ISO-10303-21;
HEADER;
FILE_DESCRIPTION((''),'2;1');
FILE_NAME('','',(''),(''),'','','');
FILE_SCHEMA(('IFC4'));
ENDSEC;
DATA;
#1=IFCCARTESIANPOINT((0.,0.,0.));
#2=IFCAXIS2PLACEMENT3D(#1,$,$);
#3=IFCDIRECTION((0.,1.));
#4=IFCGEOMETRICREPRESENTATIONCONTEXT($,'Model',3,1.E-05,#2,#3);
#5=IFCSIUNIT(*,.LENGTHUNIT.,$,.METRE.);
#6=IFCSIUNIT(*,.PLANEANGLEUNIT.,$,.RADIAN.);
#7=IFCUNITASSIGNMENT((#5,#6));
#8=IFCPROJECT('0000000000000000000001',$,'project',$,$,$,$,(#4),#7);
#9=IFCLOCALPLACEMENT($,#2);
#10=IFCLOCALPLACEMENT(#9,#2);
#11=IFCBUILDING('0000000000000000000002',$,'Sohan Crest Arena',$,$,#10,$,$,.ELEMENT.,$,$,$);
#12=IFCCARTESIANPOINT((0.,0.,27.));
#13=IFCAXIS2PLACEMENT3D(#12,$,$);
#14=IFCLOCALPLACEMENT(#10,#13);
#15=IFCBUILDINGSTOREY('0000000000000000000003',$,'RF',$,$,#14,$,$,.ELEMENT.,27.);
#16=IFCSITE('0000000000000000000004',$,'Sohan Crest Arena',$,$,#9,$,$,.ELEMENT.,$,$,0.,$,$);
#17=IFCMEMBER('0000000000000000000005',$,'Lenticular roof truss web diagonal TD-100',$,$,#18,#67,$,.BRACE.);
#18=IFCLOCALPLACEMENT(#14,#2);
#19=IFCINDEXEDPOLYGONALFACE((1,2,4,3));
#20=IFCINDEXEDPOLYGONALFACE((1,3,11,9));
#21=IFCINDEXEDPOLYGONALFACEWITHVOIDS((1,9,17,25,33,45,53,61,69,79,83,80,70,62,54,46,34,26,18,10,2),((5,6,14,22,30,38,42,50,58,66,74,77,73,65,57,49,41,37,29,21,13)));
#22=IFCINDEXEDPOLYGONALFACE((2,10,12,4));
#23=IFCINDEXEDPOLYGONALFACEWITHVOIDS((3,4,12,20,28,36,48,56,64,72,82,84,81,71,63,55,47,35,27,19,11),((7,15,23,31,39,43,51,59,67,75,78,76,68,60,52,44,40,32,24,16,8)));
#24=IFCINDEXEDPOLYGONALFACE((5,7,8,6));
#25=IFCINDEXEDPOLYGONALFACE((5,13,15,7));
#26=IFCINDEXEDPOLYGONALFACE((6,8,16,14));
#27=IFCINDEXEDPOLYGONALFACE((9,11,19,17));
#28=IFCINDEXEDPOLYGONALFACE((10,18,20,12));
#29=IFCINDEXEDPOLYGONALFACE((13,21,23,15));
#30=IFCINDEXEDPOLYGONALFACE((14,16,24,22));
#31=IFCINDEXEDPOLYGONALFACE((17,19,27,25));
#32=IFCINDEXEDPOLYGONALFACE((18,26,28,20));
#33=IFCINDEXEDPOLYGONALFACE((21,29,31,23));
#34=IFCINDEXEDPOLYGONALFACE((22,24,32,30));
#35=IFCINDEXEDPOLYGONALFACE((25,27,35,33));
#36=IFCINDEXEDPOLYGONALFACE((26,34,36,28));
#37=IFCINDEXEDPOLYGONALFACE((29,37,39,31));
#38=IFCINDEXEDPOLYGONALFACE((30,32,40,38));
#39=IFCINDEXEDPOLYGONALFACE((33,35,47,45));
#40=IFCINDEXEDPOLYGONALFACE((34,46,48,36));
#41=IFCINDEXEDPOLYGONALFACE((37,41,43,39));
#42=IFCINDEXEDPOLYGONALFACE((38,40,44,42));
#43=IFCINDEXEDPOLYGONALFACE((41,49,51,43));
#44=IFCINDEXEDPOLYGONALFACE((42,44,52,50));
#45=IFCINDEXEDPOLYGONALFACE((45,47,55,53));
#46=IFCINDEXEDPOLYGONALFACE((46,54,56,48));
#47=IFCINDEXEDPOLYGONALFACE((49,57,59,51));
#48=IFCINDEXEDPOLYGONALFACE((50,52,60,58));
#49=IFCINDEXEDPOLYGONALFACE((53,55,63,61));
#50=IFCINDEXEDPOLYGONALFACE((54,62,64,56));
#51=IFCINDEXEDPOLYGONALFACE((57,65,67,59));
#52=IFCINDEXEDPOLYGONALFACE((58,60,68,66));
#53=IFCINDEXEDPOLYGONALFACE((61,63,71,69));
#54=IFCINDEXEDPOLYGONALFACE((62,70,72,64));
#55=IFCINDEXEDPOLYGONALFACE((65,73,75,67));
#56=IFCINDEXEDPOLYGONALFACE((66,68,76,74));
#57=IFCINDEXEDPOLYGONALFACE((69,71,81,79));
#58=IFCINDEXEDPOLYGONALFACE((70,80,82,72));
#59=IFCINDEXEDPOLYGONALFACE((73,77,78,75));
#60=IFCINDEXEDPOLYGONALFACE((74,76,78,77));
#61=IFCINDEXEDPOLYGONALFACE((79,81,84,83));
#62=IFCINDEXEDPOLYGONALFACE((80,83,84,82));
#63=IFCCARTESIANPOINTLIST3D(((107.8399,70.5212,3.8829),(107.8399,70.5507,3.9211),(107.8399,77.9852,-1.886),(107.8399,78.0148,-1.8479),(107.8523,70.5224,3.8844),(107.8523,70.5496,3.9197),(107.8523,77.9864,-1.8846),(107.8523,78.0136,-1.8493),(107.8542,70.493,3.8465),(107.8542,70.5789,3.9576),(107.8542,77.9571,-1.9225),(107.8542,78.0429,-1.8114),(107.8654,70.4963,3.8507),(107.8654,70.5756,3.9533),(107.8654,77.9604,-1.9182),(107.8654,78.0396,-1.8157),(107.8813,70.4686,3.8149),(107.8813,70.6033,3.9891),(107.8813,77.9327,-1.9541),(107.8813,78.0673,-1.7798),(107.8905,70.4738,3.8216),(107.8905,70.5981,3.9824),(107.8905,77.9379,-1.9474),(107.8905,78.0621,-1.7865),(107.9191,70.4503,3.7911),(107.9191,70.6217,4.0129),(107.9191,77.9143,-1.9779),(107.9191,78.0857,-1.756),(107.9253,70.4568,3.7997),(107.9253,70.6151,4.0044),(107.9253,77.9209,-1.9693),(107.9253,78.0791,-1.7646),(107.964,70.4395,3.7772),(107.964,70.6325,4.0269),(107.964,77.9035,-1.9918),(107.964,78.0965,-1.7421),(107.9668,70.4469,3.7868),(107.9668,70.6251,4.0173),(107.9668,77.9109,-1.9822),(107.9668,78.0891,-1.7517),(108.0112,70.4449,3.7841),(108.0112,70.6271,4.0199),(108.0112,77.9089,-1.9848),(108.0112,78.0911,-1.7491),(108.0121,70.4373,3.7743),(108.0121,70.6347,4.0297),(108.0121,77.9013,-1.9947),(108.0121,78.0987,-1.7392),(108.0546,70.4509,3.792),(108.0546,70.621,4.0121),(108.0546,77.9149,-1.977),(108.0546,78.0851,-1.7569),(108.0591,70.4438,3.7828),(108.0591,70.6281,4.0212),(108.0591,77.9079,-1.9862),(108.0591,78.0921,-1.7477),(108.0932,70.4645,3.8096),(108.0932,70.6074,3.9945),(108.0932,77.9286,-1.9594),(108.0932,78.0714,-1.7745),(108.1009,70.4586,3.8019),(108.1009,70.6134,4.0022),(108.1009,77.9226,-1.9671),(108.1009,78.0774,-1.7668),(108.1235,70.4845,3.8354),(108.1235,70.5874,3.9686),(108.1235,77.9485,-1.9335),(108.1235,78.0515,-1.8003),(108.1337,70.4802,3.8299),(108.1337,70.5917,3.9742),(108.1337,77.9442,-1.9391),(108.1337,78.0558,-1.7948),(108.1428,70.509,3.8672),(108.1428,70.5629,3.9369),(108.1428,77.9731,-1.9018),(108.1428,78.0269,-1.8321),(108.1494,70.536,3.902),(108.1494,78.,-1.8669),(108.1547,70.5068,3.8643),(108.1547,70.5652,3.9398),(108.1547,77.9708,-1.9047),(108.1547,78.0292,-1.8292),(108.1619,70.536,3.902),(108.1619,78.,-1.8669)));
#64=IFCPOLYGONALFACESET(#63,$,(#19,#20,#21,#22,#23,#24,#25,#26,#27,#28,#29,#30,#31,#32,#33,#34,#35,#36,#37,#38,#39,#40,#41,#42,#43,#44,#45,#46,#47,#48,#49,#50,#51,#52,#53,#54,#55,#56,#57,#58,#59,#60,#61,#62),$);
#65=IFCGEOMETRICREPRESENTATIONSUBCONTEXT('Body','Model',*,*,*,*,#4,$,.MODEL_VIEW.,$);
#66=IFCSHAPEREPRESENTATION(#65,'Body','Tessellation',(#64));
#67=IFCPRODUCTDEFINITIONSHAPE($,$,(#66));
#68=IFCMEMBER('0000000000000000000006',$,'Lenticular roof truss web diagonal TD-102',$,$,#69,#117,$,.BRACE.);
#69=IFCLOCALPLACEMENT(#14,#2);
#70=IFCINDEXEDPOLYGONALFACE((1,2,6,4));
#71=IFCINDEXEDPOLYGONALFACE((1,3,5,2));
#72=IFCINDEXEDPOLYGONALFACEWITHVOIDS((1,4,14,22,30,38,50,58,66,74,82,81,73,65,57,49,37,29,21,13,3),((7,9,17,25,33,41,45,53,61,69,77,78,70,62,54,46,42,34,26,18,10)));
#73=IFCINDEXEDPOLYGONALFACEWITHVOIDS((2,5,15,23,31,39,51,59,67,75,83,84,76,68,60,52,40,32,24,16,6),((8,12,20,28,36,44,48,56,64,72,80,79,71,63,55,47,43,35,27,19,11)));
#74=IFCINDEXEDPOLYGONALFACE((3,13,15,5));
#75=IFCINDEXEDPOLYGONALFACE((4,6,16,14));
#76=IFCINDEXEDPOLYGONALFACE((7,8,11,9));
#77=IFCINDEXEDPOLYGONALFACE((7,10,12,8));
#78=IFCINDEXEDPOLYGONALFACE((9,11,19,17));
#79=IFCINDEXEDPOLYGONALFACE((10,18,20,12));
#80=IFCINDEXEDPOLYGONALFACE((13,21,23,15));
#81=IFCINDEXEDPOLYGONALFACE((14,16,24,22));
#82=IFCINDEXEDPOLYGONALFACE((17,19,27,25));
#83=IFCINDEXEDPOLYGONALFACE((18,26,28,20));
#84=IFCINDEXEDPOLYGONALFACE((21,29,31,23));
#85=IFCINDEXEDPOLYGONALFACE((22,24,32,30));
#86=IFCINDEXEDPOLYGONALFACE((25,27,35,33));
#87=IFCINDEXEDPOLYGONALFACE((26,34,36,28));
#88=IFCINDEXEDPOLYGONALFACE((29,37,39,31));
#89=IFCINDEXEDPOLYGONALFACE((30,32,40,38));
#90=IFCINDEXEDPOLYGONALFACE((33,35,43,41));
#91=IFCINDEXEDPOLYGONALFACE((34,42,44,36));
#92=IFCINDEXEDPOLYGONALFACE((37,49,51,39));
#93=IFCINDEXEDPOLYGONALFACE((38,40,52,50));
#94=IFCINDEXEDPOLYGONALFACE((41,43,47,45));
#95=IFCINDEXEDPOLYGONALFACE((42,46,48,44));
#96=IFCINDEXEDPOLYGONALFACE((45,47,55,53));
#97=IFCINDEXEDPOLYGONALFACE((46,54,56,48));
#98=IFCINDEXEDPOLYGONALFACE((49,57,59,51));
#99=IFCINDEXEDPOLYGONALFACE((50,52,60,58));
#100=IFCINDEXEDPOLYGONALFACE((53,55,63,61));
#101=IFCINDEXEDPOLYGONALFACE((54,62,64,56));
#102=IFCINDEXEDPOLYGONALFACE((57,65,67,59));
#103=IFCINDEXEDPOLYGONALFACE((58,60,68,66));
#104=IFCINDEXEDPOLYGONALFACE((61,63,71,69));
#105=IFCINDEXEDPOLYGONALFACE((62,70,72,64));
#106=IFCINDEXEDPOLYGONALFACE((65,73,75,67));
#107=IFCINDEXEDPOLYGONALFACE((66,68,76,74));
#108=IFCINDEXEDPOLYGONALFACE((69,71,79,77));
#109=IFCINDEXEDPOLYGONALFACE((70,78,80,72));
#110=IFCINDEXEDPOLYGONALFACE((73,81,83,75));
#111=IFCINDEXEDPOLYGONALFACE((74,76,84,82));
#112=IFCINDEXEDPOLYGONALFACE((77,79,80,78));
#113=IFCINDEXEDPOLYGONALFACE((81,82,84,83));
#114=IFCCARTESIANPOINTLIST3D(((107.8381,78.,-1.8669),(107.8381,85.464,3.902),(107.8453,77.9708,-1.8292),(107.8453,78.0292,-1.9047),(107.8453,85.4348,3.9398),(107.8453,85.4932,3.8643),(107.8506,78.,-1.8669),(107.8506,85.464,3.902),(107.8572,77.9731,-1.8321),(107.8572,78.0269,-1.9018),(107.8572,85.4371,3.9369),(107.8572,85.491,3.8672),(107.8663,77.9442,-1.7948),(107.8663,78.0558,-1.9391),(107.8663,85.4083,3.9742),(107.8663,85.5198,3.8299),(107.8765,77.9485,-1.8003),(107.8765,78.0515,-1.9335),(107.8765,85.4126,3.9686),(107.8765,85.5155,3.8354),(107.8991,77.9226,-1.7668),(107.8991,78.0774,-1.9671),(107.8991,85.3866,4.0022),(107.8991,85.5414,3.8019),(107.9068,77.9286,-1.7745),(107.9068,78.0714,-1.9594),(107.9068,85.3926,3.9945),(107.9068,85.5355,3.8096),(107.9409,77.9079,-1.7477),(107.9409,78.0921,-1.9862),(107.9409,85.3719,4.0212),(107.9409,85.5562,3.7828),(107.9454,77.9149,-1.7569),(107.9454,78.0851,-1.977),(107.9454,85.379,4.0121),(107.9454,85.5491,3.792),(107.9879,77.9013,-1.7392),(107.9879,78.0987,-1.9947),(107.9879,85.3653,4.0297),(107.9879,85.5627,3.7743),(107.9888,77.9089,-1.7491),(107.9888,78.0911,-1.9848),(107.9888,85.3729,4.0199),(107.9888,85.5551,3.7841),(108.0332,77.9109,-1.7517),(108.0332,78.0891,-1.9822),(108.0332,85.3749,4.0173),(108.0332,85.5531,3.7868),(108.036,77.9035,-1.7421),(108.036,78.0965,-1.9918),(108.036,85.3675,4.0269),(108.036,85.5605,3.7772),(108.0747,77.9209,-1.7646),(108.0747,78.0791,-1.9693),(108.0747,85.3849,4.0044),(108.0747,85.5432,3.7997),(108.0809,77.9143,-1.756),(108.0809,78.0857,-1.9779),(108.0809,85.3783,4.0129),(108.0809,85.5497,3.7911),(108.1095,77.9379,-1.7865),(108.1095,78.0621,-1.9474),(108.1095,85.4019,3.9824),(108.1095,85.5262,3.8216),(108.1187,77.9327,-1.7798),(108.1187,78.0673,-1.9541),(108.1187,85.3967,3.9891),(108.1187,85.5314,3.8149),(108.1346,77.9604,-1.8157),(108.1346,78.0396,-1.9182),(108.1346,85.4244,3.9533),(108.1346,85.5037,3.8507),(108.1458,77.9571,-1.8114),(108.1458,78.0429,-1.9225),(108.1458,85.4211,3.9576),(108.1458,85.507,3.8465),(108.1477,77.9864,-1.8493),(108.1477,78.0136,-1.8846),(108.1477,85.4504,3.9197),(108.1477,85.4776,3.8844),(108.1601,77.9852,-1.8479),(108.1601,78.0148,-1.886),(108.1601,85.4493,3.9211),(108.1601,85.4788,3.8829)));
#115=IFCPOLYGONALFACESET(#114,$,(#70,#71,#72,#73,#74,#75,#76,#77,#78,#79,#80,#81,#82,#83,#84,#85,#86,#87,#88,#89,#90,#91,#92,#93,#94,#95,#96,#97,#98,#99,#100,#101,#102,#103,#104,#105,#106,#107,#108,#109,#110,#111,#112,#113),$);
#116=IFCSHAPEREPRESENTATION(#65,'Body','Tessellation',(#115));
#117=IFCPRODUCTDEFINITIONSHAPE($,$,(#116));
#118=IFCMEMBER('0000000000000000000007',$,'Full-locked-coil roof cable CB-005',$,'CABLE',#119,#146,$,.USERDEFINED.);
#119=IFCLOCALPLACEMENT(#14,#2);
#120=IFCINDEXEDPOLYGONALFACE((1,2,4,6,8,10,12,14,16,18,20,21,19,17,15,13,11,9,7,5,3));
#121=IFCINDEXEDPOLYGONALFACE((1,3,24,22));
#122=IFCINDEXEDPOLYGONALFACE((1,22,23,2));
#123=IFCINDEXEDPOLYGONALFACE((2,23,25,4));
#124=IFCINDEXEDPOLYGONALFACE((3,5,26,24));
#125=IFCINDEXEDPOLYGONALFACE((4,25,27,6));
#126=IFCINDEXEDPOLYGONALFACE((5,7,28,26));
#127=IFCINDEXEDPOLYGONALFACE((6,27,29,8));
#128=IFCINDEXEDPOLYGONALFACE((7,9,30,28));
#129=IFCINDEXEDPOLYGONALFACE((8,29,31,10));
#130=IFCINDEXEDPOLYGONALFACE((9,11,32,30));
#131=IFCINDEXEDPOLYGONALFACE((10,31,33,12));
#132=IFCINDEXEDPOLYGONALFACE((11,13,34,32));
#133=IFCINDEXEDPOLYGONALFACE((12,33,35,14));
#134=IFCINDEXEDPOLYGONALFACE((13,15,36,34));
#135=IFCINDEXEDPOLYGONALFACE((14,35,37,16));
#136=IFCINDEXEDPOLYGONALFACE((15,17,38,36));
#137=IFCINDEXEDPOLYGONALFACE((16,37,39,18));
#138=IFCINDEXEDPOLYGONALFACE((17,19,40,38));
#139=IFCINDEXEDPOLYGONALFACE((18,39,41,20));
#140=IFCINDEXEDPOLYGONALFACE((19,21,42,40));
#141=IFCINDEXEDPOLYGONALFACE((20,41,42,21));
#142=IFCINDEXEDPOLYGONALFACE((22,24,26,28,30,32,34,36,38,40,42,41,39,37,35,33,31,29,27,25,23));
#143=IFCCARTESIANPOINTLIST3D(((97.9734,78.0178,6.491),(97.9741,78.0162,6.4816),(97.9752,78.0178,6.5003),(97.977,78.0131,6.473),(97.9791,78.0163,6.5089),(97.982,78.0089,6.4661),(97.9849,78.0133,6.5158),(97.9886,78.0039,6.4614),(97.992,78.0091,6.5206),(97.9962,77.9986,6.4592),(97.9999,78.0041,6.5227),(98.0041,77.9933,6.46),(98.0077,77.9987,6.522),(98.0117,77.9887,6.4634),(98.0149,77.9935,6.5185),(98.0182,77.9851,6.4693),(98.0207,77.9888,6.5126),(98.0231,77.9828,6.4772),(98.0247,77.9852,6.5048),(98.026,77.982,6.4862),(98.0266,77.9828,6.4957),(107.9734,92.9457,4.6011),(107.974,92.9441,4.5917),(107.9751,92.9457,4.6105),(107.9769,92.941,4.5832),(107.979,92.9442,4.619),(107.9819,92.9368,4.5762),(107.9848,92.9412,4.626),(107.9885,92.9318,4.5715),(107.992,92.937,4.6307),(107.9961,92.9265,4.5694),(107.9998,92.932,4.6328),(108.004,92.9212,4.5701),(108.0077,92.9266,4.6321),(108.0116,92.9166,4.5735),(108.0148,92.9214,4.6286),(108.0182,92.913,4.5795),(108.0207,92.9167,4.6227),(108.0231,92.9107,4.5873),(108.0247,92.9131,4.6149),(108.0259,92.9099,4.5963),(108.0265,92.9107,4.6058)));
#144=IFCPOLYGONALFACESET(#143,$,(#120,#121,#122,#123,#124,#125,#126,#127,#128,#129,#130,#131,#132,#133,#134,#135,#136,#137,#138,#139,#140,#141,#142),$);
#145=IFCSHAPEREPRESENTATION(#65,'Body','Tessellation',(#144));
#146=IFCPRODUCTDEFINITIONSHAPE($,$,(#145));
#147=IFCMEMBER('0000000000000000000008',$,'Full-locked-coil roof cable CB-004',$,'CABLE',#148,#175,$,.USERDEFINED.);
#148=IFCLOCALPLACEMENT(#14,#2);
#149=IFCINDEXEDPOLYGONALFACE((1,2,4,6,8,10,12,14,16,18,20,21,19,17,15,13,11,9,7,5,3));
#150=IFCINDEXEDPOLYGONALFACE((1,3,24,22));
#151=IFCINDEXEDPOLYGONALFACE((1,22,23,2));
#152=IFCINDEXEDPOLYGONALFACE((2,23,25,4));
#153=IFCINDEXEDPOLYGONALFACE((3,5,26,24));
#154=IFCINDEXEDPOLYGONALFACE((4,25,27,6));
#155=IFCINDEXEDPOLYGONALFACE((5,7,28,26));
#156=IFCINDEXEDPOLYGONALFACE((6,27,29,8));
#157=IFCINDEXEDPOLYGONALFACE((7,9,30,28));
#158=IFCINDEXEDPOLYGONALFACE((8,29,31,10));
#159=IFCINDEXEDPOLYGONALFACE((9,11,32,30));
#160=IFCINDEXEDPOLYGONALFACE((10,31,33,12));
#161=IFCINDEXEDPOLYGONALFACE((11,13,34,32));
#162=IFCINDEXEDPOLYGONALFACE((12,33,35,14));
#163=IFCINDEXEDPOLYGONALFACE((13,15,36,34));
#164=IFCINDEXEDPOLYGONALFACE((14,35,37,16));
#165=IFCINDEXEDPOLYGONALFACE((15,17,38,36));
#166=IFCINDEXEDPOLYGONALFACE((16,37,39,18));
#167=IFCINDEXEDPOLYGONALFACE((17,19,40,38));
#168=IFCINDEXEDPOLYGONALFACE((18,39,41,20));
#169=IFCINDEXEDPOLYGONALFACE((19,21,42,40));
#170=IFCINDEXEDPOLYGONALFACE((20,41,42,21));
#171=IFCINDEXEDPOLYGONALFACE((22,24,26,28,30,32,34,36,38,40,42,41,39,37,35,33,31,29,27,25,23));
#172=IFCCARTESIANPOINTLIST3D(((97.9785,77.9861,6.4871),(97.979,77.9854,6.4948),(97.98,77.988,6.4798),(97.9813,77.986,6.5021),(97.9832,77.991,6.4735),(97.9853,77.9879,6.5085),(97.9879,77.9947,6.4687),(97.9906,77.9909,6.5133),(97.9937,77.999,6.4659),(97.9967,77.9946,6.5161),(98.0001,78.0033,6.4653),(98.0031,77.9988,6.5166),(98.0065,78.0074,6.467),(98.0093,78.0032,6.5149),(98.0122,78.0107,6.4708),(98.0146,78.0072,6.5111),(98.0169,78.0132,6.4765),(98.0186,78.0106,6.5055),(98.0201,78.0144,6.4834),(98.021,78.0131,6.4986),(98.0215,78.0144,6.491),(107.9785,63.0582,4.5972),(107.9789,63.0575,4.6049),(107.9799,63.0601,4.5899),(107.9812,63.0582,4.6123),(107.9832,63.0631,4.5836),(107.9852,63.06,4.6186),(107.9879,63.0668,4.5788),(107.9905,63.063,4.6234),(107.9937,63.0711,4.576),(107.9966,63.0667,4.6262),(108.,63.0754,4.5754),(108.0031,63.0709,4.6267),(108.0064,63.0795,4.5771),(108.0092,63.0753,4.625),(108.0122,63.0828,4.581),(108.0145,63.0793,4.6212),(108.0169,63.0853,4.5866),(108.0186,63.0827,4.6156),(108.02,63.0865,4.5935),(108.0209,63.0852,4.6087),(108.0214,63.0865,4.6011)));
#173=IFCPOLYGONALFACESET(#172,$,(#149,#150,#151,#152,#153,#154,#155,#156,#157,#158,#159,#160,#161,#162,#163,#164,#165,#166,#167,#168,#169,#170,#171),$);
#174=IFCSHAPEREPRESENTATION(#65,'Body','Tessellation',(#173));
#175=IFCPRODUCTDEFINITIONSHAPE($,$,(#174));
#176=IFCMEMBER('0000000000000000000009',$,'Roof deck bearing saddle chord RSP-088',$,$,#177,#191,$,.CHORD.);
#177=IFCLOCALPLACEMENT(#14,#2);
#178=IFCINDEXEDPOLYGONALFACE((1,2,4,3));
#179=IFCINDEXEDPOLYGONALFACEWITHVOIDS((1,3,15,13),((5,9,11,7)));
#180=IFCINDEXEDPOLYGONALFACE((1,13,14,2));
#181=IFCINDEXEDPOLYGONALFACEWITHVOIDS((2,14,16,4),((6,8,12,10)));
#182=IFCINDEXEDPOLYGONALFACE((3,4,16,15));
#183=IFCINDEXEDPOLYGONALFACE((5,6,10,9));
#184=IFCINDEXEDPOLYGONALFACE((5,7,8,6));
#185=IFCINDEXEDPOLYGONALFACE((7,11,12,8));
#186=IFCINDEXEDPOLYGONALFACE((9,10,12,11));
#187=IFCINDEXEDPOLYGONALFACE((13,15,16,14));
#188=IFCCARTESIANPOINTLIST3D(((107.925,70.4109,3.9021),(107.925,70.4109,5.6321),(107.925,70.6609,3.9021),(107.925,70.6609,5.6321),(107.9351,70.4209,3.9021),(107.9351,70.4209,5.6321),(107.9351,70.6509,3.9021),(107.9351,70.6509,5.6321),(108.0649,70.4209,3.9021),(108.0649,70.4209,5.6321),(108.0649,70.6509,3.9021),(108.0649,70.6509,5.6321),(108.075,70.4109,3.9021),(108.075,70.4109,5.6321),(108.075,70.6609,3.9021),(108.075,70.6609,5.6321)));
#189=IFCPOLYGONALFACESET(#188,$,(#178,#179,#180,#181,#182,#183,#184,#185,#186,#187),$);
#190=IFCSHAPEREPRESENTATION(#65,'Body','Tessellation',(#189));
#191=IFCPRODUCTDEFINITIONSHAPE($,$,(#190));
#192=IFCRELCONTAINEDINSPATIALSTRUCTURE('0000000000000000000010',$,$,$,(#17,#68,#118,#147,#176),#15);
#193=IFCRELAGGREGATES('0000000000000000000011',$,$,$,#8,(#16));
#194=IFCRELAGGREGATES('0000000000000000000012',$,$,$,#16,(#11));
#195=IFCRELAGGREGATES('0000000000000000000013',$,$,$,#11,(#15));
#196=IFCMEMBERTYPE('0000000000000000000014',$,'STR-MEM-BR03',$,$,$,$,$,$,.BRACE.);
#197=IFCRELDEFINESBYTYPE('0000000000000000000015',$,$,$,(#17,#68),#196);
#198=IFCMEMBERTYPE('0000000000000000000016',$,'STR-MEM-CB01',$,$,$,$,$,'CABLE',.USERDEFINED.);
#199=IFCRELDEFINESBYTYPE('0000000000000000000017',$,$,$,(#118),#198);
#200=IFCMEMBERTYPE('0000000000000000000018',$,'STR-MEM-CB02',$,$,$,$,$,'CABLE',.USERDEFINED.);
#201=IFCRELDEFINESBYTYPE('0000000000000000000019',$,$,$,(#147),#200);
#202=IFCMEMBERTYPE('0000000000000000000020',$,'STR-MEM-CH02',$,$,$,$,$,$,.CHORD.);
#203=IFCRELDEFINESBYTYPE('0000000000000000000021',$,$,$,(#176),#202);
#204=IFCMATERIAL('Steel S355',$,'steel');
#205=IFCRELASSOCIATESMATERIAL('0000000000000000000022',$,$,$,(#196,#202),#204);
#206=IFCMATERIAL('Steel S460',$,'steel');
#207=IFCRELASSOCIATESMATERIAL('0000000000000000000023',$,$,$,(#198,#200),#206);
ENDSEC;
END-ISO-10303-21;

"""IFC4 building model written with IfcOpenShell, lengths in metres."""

from ifc_helpers import new_model, si_unit, direction, frame, origin, origin_2d, place, context, subcontext, project, spatial, hollow_rectangle, circle, hollow_circle, extrude, material, material_profile, profile_set, type_object, element, save


model = new_model("IFC4")

# Units and contexts
model_context = context("Model", 3, precision=1e-05, world=origin(), true_north=direction((0.0, 1.0)))
body_context = subcontext(model_context, "Body", "Model", "MODEL_VIEW")
ifc_project = project(units=[si_unit("LENGTHUNIT", "METRE"), si_unit("PLANEANGLEUNIT", "RADIAN")], contexts=[model_context])

# Site, building, storey
site_placement = place(None, origin())
site = spatial("IfcSite", under=ifc_project, at=site_placement, Name="Sohan Crest Arena", CompositionType="ELEMENT", RefElevation=0.0)
building_placement = place(site_placement, origin())
building = spatial("IfcBuilding", under=site, at=building_placement, Name="Sohan Crest Arena", CompositionType="ELEMENT")
storey_placement = place(building_placement, frame((0.0, 0.0, 27.0)))
storey = spatial("IfcBuildingStorey", under=building, at=storey_placement, Name="RF", CompositionType="ELEMENT", Elevation=27.0)

# Shared definitions
ifc_material_1 = material(Name="Steel S355", Category="steel")

# Members
ifc_material_profile_1 = material_profile(ifc_material_1, hollow_circle(Radius=0.1619, WallThickness=0.0125, at=origin_2d()), Name="CHS 323.9x12.5")
ifc_profile_set_1 = profile_set([ifc_material_profile_1], Name="Steel S355")
member_type_1 = type_object("IfcMemberType", Name="STR-MEM-BR03", PredefinedType="BRACE", material=ifc_profile_set_1)
for number, where, z_axis, x_axis, name in (
    (1, (108.0, 78.0, -1.8669), (0.0, -0.791217, 0.611535), (1.0, 0.0, 0.0), "Lenticular roof truss web diagonal TD-100"),
    (2, (108.0, 78.0, -1.8669), (0.0, 0.791217, 0.611535), (-1.0, 0.0, 0.0), "Lenticular roof truss web diagonal TD-102"),
):
    element("IfcMember", number, at=place(storey_placement, frame(where, z_axis=z_axis, x_axis=x_axis)), inside=storey, type_object=member_type_1, Name=name, PredefinedType="BRACE", context=body_context, shape_type="SweptSolid", body=[
        extrude(hollow_circle(Radius=0.1619, WallThickness=0.0125, at=origin_2d()), origin(), (0.0, 0.0, 1.0), 9.4336),
    ])
ifc_material_2 = material(Name="Steel S460", Category="steel")
ifc_material_profile_2 = material_profile(ifc_material_2, circle(Radius=0.032, at=origin_2d()), Name="FLC D64")
ifc_profile_set_2 = profile_set([ifc_material_profile_2], Name="Steel S460")
member_type_2 = type_object("IfcMemberType", Name="STR-MEM-CB01", ElementType="CABLE", PredefinedType="USERDEFINED", material=ifc_profile_set_2)
member_1_placement = place(storey_placement, frame((98.0, 78.0, 6.491), z_axis=(0.553496, 0.826257, -0.104605), x_axis=(-0.830815, 0.556549, 0.0)))
element("IfcMember", 3, at=member_1_placement, inside=storey, type_object=member_type_2, Name="Full-locked-coil roof cable CB-005", ObjectType="CABLE", PredefinedType="USERDEFINED", context=body_context, shape_type="SweptSolid", body=[
    extrude(circle(Radius=0.032, at=origin_2d()), origin(), (0.0, 0.0, 1.0), 18.0669),
])
ifc_material_profile_3 = material_profile(ifc_material_2, circle(Radius=0.0259, at=origin_2d()), Name="FLC D52")
ifc_profile_set_3 = profile_set([ifc_material_profile_3], Name="Steel S460")
member_type_3 = type_object("IfcMemberType", Name="STR-MEM-CB02", ElementType="CABLE", PredefinedType="USERDEFINED", material=ifc_profile_set_3)
member_2_placement = place(storey_placement, frame((98.0, 78.0, 6.491), z_axis=(0.553496, -0.826257, -0.104605), x_axis=(0.830815, 0.556549, 0.0)))
element("IfcMember", 4, at=member_2_placement, inside=storey, type_object=member_type_3, Name="Full-locked-coil roof cable CB-004", ObjectType="CABLE", PredefinedType="USERDEFINED", context=body_context, shape_type="SweptSolid", body=[
    extrude(circle(Radius=0.0259, at=origin_2d()), origin(), (0.0, 0.0, 1.0), 18.0669),
])
ifc_material_profile_4 = material_profile(ifc_material_1, hollow_rectangle(XDim=0.1499, YDim=0.25, WallThickness=0.01, at=origin_2d()), Name="RHS 250x150x10")
ifc_profile_set_4 = profile_set([ifc_material_profile_4], Name="Steel S355")
member_type_4 = type_object("IfcMemberType", Name="STR-MEM-CH02", PredefinedType="CHORD", material=ifc_profile_set_4)
member_3_placement = place(storey_placement, frame((108.0, 70.5359, 3.9021), z_axis=(0.0, 0.0, 1.0), x_axis=(1.0, 0.0, 0.0)))
element("IfcMember", 5, at=member_3_placement, inside=storey, type_object=member_type_4, Name="Roof deck bearing saddle chord RSP-088", PredefinedType="CHORD", context=body_context, shape_type="SweptSolid", body=[
    extrude(hollow_rectangle(XDim=0.1499, YDim=0.25, WallThickness=0.01, at=origin_2d()), origin(), (0.0, 0.0, 1.0), 1.73),
])

save(model, "model.ifc")
